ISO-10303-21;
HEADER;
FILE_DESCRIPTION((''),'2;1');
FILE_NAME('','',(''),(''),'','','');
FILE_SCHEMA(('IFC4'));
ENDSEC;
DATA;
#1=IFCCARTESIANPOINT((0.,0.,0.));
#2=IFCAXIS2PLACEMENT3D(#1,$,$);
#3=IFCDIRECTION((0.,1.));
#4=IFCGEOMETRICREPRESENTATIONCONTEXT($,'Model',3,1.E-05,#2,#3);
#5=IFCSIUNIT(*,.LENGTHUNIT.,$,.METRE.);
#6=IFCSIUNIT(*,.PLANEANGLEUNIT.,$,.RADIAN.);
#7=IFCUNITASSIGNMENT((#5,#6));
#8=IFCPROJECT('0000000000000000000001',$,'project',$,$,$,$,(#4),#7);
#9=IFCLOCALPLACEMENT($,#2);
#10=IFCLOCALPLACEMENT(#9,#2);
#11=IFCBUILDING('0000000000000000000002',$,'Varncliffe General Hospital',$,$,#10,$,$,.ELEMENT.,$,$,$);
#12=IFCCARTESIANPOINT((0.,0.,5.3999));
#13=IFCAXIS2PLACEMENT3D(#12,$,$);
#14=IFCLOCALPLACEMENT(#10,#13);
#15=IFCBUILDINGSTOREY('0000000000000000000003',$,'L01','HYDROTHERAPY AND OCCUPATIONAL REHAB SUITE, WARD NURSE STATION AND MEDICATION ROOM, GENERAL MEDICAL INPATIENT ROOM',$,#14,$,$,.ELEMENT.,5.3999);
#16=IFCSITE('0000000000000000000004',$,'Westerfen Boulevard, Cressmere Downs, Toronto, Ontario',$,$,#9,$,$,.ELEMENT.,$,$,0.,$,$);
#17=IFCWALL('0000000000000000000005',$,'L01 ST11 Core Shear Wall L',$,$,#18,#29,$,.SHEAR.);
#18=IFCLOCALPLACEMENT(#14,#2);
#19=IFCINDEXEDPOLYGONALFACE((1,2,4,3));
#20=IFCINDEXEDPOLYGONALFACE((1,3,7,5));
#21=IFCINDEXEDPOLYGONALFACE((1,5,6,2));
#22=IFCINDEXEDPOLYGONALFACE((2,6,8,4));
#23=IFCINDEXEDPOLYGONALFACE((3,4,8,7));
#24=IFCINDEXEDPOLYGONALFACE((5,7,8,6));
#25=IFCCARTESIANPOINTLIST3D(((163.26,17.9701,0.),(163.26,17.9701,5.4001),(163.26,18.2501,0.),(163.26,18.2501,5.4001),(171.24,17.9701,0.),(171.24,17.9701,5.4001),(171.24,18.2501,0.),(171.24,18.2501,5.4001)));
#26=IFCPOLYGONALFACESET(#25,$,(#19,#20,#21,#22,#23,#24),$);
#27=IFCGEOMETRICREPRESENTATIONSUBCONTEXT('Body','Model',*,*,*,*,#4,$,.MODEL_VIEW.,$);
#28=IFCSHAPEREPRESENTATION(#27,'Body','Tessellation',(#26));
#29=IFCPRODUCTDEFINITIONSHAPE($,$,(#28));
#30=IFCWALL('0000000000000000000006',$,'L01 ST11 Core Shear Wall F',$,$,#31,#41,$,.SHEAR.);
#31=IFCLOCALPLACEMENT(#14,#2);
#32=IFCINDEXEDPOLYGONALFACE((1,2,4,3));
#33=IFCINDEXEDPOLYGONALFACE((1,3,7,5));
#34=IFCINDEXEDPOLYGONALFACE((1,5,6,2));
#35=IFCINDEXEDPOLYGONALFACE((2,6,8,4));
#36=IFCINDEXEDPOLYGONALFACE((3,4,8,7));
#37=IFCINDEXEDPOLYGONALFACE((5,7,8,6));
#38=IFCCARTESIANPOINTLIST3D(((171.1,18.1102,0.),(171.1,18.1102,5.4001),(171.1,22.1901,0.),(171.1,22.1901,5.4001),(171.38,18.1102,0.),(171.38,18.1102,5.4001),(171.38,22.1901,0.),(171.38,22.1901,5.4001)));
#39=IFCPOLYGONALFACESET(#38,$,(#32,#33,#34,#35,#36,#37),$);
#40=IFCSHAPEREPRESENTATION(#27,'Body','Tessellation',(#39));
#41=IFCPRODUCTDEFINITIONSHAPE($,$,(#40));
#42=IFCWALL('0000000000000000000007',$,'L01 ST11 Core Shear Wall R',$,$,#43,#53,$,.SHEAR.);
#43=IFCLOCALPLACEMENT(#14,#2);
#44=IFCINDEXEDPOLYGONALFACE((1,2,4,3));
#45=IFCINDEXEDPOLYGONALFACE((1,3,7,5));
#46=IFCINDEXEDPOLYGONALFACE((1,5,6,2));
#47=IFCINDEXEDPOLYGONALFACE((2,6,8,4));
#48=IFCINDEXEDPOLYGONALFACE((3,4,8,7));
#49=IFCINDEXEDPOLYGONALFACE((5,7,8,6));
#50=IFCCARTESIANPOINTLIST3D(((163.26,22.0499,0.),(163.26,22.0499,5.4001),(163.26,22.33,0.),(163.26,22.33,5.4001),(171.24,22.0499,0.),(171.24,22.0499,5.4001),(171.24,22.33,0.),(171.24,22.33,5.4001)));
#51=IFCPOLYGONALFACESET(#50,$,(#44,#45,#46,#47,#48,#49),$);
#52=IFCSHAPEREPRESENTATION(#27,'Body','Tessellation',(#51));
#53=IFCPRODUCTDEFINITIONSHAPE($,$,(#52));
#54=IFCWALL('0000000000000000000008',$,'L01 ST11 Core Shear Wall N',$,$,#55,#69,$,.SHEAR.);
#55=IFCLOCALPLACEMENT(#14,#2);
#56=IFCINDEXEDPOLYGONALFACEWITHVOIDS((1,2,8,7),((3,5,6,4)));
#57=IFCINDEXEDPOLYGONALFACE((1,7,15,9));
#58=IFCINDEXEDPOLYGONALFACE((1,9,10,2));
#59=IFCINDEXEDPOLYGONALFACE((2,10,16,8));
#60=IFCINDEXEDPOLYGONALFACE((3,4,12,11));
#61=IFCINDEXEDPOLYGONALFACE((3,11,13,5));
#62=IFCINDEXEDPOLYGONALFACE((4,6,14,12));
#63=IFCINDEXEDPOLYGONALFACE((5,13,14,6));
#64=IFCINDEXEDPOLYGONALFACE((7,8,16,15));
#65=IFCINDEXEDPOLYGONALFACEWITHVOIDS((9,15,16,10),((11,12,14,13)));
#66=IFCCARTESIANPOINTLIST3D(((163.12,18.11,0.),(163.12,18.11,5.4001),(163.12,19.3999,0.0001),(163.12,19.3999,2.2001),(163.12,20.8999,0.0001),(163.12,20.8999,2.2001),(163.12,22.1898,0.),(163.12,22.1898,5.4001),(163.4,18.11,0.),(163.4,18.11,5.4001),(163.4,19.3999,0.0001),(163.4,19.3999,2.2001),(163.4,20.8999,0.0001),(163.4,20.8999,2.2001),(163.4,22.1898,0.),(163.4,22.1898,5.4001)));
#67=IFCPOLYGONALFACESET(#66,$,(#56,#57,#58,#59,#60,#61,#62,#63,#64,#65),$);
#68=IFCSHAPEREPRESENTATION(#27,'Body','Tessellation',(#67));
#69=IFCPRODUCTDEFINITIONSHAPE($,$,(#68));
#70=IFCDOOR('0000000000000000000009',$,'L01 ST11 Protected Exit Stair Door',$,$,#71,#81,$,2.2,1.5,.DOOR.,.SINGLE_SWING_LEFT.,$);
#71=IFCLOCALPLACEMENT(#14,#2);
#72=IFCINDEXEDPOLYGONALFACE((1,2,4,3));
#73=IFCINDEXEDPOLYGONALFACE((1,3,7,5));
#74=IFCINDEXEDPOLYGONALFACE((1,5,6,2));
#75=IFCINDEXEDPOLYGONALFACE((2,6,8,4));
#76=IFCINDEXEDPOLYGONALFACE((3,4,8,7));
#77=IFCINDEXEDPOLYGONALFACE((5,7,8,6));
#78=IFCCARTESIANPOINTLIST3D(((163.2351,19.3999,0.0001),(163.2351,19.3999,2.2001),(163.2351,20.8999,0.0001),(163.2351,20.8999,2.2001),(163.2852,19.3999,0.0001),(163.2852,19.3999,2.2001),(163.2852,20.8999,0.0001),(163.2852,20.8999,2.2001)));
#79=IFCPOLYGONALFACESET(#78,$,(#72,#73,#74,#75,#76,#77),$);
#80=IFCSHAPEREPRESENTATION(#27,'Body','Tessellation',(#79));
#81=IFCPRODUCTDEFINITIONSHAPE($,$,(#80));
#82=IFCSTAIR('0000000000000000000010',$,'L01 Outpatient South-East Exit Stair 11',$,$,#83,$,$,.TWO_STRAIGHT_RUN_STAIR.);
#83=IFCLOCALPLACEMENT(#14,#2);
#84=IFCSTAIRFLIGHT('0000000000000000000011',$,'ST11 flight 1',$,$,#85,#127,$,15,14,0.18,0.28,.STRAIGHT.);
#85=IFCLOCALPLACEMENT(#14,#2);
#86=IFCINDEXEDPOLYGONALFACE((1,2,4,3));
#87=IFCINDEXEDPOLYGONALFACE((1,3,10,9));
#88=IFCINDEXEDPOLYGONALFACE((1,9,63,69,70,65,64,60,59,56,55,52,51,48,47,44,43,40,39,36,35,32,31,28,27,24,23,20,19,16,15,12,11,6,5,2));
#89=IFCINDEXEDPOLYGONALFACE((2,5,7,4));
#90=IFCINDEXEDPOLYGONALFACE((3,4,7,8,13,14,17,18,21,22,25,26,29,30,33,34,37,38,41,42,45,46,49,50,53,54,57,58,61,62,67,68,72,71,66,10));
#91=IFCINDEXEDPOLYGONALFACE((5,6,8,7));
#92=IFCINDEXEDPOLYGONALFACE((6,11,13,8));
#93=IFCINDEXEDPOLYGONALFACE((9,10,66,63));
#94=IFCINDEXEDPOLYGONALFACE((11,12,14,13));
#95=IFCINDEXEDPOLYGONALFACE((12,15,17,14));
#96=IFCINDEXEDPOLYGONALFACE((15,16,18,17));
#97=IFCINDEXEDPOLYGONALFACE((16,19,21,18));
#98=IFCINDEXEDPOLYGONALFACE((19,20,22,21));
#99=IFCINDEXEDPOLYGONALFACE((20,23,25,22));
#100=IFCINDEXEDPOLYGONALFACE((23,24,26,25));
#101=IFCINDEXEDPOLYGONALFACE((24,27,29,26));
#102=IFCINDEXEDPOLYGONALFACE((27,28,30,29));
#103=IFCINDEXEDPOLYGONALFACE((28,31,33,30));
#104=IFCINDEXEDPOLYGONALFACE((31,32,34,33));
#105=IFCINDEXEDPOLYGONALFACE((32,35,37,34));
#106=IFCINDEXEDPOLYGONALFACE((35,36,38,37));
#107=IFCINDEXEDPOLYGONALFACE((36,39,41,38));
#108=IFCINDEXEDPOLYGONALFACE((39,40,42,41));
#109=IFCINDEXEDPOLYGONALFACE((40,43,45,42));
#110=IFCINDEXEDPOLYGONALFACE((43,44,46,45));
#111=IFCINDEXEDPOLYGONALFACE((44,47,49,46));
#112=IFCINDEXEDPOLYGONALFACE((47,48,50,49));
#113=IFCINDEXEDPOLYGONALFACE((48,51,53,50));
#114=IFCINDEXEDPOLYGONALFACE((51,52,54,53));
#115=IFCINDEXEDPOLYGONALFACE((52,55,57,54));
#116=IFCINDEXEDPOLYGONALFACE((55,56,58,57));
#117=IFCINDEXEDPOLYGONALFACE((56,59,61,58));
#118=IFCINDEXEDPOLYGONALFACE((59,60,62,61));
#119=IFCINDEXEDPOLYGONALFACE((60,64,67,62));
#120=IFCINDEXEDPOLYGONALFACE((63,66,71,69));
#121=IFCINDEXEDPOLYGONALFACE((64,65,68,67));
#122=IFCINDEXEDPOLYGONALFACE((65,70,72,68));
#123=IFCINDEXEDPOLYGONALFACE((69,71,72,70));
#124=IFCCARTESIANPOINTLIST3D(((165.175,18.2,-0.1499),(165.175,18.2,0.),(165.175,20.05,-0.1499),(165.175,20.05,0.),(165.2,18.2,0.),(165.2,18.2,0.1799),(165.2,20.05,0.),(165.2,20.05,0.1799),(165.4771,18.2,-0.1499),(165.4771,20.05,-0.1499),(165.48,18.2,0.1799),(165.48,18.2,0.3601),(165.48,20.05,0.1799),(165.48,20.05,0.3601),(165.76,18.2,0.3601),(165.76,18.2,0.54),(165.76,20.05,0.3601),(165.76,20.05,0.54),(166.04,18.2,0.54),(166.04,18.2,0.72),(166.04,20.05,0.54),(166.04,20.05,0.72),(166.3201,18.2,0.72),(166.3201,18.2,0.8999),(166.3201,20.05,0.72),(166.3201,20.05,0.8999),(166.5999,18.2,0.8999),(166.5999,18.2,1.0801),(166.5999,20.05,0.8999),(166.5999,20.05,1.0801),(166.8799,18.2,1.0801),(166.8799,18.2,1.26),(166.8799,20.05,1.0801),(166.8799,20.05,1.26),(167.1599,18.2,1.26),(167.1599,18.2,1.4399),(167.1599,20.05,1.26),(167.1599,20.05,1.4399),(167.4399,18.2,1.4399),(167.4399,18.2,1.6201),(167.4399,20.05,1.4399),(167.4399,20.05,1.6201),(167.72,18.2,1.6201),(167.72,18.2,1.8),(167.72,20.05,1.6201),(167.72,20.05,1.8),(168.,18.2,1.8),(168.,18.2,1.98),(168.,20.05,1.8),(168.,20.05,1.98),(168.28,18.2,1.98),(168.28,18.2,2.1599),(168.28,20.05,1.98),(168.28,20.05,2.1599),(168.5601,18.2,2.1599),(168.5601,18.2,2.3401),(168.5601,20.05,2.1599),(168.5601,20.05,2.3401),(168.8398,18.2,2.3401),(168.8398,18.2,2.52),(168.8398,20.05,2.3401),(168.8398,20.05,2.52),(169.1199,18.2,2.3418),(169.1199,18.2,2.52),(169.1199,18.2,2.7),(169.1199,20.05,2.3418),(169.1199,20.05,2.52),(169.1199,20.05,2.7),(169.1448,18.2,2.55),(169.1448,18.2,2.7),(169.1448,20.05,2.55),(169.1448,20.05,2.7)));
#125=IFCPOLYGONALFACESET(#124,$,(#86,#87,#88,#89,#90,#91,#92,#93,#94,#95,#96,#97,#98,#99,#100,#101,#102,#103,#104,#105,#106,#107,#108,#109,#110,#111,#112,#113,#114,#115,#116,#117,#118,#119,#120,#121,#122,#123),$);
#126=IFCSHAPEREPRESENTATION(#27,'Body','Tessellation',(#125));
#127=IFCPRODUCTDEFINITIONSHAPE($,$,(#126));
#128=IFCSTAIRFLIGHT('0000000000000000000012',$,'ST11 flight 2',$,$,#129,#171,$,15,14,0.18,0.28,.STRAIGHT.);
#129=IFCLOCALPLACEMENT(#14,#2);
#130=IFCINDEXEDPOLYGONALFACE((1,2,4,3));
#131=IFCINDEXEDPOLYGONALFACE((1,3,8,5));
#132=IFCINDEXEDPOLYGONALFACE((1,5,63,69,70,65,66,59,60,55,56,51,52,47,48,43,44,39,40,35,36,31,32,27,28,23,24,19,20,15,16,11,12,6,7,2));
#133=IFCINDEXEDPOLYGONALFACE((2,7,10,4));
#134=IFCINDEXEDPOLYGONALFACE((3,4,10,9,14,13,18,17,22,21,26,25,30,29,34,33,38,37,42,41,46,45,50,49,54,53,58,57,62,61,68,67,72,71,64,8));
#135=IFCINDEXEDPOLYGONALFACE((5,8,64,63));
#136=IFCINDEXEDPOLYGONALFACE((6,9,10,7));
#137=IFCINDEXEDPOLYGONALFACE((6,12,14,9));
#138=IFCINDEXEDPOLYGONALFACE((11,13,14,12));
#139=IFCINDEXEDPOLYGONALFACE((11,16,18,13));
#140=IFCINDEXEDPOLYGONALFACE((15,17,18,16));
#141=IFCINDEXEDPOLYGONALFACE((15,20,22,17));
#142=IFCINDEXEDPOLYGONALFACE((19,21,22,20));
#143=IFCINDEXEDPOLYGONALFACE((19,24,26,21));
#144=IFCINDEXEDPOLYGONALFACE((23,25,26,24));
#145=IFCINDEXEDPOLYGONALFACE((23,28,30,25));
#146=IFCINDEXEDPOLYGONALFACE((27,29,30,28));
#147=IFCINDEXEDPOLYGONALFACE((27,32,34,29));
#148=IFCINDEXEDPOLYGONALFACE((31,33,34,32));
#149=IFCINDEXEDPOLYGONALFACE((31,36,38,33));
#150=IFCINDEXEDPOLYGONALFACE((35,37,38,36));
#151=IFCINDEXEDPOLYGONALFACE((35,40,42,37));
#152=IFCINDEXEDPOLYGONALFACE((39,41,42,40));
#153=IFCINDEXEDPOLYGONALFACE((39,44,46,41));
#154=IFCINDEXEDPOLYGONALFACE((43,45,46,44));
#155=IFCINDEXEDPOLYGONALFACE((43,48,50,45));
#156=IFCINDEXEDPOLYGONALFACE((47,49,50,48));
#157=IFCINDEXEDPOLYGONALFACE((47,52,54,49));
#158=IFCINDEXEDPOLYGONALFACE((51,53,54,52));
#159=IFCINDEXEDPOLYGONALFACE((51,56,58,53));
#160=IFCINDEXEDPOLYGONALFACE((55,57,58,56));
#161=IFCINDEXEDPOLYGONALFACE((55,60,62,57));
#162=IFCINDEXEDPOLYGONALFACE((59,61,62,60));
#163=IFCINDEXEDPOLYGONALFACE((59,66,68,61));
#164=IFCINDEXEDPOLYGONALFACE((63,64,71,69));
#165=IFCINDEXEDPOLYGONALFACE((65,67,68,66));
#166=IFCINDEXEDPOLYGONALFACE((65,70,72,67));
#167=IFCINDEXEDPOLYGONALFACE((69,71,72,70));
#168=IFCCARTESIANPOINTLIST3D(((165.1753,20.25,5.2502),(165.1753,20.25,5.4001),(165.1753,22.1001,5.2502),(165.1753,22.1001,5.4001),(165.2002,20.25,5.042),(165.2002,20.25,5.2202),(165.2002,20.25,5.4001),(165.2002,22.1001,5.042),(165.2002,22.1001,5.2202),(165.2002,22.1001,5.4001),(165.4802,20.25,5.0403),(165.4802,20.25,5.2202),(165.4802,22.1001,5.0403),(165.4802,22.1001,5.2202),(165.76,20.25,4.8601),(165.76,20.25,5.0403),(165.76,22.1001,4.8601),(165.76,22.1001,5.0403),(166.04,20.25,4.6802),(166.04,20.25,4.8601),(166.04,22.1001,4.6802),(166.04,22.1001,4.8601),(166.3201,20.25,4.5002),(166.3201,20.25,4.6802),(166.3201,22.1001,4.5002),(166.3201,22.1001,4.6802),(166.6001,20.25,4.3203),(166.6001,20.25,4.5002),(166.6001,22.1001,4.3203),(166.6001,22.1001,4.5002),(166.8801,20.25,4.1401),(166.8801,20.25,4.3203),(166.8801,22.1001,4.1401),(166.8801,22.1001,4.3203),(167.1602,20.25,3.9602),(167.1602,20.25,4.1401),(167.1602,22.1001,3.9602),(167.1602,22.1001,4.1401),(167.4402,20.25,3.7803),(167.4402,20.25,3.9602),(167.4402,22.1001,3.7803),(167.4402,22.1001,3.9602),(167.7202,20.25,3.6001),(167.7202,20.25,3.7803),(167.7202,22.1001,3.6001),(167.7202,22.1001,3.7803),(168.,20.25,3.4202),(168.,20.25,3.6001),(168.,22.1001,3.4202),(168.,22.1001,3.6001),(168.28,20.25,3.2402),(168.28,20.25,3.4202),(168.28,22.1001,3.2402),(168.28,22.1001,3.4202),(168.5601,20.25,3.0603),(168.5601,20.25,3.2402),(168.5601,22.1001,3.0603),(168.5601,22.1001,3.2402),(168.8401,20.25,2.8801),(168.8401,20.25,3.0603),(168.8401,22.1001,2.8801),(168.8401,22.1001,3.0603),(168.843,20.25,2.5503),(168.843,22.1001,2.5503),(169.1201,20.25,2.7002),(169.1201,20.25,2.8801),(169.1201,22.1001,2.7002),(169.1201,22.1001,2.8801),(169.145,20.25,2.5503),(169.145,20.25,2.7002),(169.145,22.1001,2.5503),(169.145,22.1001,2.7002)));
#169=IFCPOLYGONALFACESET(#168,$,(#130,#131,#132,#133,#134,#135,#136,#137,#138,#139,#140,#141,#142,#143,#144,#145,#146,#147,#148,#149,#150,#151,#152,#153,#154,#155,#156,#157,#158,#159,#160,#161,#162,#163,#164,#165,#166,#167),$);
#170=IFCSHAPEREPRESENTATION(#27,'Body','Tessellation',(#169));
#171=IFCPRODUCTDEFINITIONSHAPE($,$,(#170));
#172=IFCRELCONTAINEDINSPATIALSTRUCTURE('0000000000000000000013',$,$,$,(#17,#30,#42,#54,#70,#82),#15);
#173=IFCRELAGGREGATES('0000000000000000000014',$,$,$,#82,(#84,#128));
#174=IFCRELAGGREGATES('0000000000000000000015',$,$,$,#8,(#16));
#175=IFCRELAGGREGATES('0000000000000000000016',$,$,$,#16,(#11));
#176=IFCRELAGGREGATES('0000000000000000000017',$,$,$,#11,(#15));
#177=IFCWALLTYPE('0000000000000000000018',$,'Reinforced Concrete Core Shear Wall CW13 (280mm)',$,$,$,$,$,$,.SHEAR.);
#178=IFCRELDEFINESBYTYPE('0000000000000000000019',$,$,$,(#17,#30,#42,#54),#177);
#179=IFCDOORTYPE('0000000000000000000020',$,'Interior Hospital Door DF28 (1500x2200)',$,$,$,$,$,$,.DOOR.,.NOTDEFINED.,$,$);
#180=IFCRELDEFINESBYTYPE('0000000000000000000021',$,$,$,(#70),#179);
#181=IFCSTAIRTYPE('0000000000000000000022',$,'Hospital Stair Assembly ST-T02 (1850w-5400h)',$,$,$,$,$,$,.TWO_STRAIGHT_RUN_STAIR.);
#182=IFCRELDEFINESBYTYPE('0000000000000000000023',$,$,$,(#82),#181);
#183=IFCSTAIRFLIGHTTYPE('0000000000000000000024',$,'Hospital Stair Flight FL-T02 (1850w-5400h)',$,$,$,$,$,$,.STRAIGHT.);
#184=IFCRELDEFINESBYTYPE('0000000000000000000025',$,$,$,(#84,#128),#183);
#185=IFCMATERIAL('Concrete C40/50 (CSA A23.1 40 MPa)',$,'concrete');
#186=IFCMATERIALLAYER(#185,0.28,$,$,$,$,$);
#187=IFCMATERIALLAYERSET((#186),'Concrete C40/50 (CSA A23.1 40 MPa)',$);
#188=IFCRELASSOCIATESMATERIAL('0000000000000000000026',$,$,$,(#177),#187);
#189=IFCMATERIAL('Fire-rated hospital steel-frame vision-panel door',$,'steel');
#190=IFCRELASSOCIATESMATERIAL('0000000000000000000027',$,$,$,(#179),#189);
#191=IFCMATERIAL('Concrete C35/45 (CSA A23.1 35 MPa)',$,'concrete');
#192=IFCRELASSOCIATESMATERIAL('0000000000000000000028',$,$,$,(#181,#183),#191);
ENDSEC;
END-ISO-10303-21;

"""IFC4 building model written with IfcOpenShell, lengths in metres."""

from ifc_helpers import new_model, si_unit, direction, frame, frame_2d, origin, place, context, subcontext, project, spatial, polyline, rectangle, outline, extrude, material, layer, layer_set, type_object, element, fill, aggregate, save


model = new_model("IFC4")

# Units and contexts
model_context = context("Model", 3, precision=1e-05, world=origin(), true_north=direction((0.0, 1.0)))
body_context = subcontext(model_context, "Body", "Model", "MODEL_VIEW")
ifc_project = project(units=[si_unit("LENGTHUNIT", "METRE"), si_unit("PLANEANGLEUNIT", "RADIAN")], contexts=[model_context])

# Site, building, storey
site_placement = place(None, origin())
site = spatial("IfcSite", under=ifc_project, at=site_placement, Name="Westerfen Boulevard, Cressmere Downs, Toronto, Ontario", CompositionType="ELEMENT", RefElevation=0.0)
building_placement = place(site_placement, origin())
building = spatial("IfcBuilding", under=site, at=building_placement, Name="Varncliffe General Hospital", CompositionType="ELEMENT")
storey_placement = place(building_placement, frame((0.0, 0.0, 5.3999)))
storey = spatial("IfcBuildingStorey", under=building, at=storey_placement, Name="L01", Description="HYDROTHERAPY AND OCCUPATIONAL REHAB SUITE, WARD NURSE STATION AND MEDICATION ROOM, GENERAL MEDICAL INPATIENT ROOM", CompositionType="ELEMENT", Elevation=5.3999)

# Shared definitions
ifc_material_1 = material(Name="Concrete C40/50 (CSA A23.1 40 MPa)", Category="concrete")

# Shared definitions
ifc_material_2 = material(Name="Concrete C35/45 (CSA A23.1 35 MPa)", Category="concrete")

# Shared definitions
ifc_material_3 = material(Name="Fire-rated hospital steel-frame vision-panel door", Category="steel")

# Walls
ifc_layer_1 = layer(ifc_material_1, 0.28)
ifc_layer_set_1 = layer_set([ifc_layer_1], Name="Concrete C40/50 (CSA A23.1 40 MPa)")
wall_type_1 = type_object("IfcWallType", Name="Reinforced Concrete Core Shear Wall CW13 (280mm)", PredefinedType="SHEAR", material=ifc_layer_set_1)
wall_1_placement = place(storey_placement, frame((163.26, 18.1101, 0.0), z_axis=(0.0, 0.0, 1.0), x_axis=(1.0, 0.0, 0.0)))
element("IfcWall", 1, at=wall_1_placement, inside=storey, type_object=wall_type_1, Name="L01 ST11 Core Shear Wall L", PredefinedType="SHEAR", context=body_context, shape_type="SweptSolid", body=[
    extrude(rectangle(XDim=7.98, YDim=0.28, at=frame_2d((3.99, 0.0))), origin(), (0.0, 0.0, 1.0), 5.4001),
])
wall_2_placement = place(storey_placement, frame((171.24, 18.1101, 0.0), z_axis=(0.0, 0.0, 1.0), x_axis=(0.0, 1.0, 0.0)))
element("IfcWall", 2, at=wall_2_placement, inside=storey, type_object=wall_type_1, Name="L01 ST11 Core Shear Wall F", PredefinedType="SHEAR", context=body_context, shape_type="SweptSolid", body=[
    extrude(rectangle(XDim=4.0798, YDim=0.28, at=frame_2d((2.04, 0.0))), origin(), (0.0, 0.0, 1.0), 5.4001),
])
wall_3_placement = place(storey_placement, frame((171.24, 22.1899, 0.0), z_axis=(0.0, 0.0, 1.0), x_axis=(-1.0, 0.0, 0.0)))
element("IfcWall", 3, at=wall_3_placement, inside=storey, type_object=wall_type_1, Name="L01 ST11 Core Shear Wall R", PredefinedType="SHEAR", context=body_context, shape_type="SweptSolid", body=[
    extrude(rectangle(XDim=7.98, YDim=0.28, at=frame_2d((3.99, 0.0))), origin(), (0.0, 0.0, 1.0), 5.4001),
])

# Wall, opening, door
wall_4_placement = place(storey_placement, frame((163.26, 22.1899, 0.0), z_axis=(0.0, 0.0, 1.0), x_axis=(0.0, -1.0, 0.0)))
wall_4 = element("IfcWall", 4, at=wall_4_placement, inside=storey, type_object=wall_type_1, Name="L01 ST11 Core Shear Wall N", PredefinedType="SHEAR", context=body_context, shape_type="SweptSolid", body=[
    extrude(rectangle(XDim=4.0798, YDim=0.28, at=frame_2d((2.04, 0.0))), origin(), (0.0, 0.0, 1.0), 5.4001),
])
opening_1_placement = place(wall_4_placement, frame((1.29, 0.0, 0.0)))
opening_1 = element("IfcOpeningElement", 5, at=opening_1_placement, cuts=wall_4, PredefinedType="OPENING", context=body_context, shape_type="SweptSolid", body=[
    extrude(rectangle(XDim=1.5, YDim=2.2, at=frame_2d((0.75, 1.1001))), frame((0.0, 0.1499, 0.0), z_axis=(0.0, -1.0, 0.0), x_axis=(1.0, 0.0, 0.0)), (0.0, 0.0, 1.0), 0.3),
])
door_type_1 = type_object("IfcDoorType", Name="Interior Hospital Door DF28 (1500x2200)", OperationType="NOTDEFINED", PredefinedType="DOOR", material=ifc_material_3)
door_1_placement = place(opening_1_placement, frame((1.5, 0.0, 0.0), z_axis=(0.0, 0.0, 1.0), x_axis=(-1.0, 0.0, 0.0)))
door_1 = element("IfcDoor", 6, at=door_1_placement, inside=storey, type_object=door_type_1, Name="L01 ST11 Protected Exit Stair Door", OperationType="SINGLE_SWING_LEFT", OverallHeight=2.2, OverallWidth=1.5, PredefinedType="DOOR", context=body_context, shape_type="SweptSolid", body=[
    extrude(rectangle(XDim=1.5, YDim=2.2, at=frame_2d((0.75, 1.1001))), frame((0.0, 0.0249, 0.0), z_axis=(0.0, -1.0, 0.0), x_axis=(1.0, 0.0, 0.0)), (0.0, 0.0, 1.0), 0.05),
])
fill(opening_1, door_1)

# Stair, stair flights
stair_type = type_object("IfcStairType", Name="Hospital Stair Assembly ST-T02 (1850w-5400h)", PredefinedType="TWO_STRAIGHT_RUN_STAIR", material=ifc_material_2)
stair_placement = place(storey_placement, origin())
stair = element("IfcStair", 7, at=stair_placement, inside=storey, type_object=stair_type, Name="L01 Outpatient South-East Exit Stair 11", PredefinedType="TWO_STRAIGHT_RUN_STAIR")
stair_flight_type = type_object("IfcStairFlightType", Name="Hospital Stair Flight FL-T02 (1850w-5400h)", PredefinedType="STRAIGHT", material=ifc_material_2)
stair_flight_1_placement = place(storey_placement, frame((165.2, 19.125, 0.0), z_axis=(0.0, 0.0, 1.0), x_axis=(1.0, 0.0, 0.0)))
stair_flight_1 = element("IfcStairFlight", 8, at=stair_flight_1_placement, type_object=stair_flight_type, Name="ST11 flight 1", NumberOfRisers=15, NumberOfTreads=14, PredefinedType="STRAIGHT", RiserHeight=0.18, TreadLength=0.28, context=body_context, shape_type="SweptSolid", body=[
    extrude(outline(polyline([(-0.0249, -0.1499), (-0.0249, 0.0), (0.0, 0.0), (0.0, 0.1799), (0.28, 0.1799), (0.28, 0.3601), (0.5601, 0.3601), (0.5601, 0.54), (0.8401, 0.54), (0.8401, 0.72), (1.1201, 0.72), (1.1201, 0.8999), (1.3999, 0.8999), (1.3999, 1.0801), (1.6799, 1.0801), (1.6799, 1.26), (1.96, 1.26), (1.96, 1.4399), (2.24, 1.4399), (2.24, 1.6201), (2.52, 1.6201), (2.52, 1.8), (2.8, 1.8), (2.8, 1.98), (3.0801, 1.98), (3.0801, 2.1599), (3.3601, 2.1599), (3.3601, 2.3401), (3.6399, 2.3401), (3.6399, 2.52), (3.9199, 2.52), (3.9199, 2.7), (3.9448, 2.7), (3.9448, 2.55), (3.9199, 2.3418), (0.2771, -0.1499), (-0.0249, -0.1499)])), frame((0.0, 0.925, 0.0), z_axis=(0.0, -1.0, 0.0), x_axis=(1.0, 0.0, 0.0)), (0.0, 0.0, 1.0), 1.8501),
])
stair_flight_2_placement = place(storey_placement, frame((169.1201, 21.175, 2.7002), z_axis=(0.0, 0.0, 1.0), x_axis=(-1.0, 0.0, 0.0)))
stair_flight_2 = element("IfcStairFlight", 9, at=stair_flight_2_placement, type_object=stair_flight_type, Name="ST11 flight 2", NumberOfRisers=15, NumberOfTreads=14, PredefinedType="STRAIGHT", RiserHeight=0.18, TreadLength=0.28, context=body_context, shape_type="SweptSolid", body=[
    extrude(outline(polyline([(-0.0249, -0.1499), (-0.0249, 0.0), (0.0, 0.0), (0.0, 0.1799), (0.28, 0.1799), (0.28, 0.3601), (0.5601, 0.3601), (0.5601, 0.54), (0.8401, 0.54), (0.8401, 0.72), (1.1201, 0.72), (1.1201, 0.8999), (1.3999, 0.8999), (1.3999, 1.0801), (1.6799, 1.0801), (1.6799, 1.26), (1.96, 1.26), (1.96, 1.4399), (2.24, 1.4399), (2.24, 1.6201), (2.52, 1.6201), (2.52, 1.8), (2.8, 1.8), (2.8, 1.98), (3.0801, 1.98), (3.0801, 2.1599), (3.3601, 2.1599), (3.3601, 2.3401), (3.6399, 2.3401), (3.6399, 2.52), (3.9199, 2.52), (3.9199, 2.7), (3.9448, 2.7), (3.9448, 2.55), (3.9199, 2.3418), (0.2771, -0.1499), (-0.0249, -0.1499)])), frame((0.0, 0.925, 0.0), z_axis=(0.0, -1.0, 0.0), x_axis=(1.0, 0.0, 0.0)), (0.0, 0.0, 1.0), 1.8501),
])
aggregate(stair, [stair_flight_1, stair_flight_2])

save(model, "model.ifc")
